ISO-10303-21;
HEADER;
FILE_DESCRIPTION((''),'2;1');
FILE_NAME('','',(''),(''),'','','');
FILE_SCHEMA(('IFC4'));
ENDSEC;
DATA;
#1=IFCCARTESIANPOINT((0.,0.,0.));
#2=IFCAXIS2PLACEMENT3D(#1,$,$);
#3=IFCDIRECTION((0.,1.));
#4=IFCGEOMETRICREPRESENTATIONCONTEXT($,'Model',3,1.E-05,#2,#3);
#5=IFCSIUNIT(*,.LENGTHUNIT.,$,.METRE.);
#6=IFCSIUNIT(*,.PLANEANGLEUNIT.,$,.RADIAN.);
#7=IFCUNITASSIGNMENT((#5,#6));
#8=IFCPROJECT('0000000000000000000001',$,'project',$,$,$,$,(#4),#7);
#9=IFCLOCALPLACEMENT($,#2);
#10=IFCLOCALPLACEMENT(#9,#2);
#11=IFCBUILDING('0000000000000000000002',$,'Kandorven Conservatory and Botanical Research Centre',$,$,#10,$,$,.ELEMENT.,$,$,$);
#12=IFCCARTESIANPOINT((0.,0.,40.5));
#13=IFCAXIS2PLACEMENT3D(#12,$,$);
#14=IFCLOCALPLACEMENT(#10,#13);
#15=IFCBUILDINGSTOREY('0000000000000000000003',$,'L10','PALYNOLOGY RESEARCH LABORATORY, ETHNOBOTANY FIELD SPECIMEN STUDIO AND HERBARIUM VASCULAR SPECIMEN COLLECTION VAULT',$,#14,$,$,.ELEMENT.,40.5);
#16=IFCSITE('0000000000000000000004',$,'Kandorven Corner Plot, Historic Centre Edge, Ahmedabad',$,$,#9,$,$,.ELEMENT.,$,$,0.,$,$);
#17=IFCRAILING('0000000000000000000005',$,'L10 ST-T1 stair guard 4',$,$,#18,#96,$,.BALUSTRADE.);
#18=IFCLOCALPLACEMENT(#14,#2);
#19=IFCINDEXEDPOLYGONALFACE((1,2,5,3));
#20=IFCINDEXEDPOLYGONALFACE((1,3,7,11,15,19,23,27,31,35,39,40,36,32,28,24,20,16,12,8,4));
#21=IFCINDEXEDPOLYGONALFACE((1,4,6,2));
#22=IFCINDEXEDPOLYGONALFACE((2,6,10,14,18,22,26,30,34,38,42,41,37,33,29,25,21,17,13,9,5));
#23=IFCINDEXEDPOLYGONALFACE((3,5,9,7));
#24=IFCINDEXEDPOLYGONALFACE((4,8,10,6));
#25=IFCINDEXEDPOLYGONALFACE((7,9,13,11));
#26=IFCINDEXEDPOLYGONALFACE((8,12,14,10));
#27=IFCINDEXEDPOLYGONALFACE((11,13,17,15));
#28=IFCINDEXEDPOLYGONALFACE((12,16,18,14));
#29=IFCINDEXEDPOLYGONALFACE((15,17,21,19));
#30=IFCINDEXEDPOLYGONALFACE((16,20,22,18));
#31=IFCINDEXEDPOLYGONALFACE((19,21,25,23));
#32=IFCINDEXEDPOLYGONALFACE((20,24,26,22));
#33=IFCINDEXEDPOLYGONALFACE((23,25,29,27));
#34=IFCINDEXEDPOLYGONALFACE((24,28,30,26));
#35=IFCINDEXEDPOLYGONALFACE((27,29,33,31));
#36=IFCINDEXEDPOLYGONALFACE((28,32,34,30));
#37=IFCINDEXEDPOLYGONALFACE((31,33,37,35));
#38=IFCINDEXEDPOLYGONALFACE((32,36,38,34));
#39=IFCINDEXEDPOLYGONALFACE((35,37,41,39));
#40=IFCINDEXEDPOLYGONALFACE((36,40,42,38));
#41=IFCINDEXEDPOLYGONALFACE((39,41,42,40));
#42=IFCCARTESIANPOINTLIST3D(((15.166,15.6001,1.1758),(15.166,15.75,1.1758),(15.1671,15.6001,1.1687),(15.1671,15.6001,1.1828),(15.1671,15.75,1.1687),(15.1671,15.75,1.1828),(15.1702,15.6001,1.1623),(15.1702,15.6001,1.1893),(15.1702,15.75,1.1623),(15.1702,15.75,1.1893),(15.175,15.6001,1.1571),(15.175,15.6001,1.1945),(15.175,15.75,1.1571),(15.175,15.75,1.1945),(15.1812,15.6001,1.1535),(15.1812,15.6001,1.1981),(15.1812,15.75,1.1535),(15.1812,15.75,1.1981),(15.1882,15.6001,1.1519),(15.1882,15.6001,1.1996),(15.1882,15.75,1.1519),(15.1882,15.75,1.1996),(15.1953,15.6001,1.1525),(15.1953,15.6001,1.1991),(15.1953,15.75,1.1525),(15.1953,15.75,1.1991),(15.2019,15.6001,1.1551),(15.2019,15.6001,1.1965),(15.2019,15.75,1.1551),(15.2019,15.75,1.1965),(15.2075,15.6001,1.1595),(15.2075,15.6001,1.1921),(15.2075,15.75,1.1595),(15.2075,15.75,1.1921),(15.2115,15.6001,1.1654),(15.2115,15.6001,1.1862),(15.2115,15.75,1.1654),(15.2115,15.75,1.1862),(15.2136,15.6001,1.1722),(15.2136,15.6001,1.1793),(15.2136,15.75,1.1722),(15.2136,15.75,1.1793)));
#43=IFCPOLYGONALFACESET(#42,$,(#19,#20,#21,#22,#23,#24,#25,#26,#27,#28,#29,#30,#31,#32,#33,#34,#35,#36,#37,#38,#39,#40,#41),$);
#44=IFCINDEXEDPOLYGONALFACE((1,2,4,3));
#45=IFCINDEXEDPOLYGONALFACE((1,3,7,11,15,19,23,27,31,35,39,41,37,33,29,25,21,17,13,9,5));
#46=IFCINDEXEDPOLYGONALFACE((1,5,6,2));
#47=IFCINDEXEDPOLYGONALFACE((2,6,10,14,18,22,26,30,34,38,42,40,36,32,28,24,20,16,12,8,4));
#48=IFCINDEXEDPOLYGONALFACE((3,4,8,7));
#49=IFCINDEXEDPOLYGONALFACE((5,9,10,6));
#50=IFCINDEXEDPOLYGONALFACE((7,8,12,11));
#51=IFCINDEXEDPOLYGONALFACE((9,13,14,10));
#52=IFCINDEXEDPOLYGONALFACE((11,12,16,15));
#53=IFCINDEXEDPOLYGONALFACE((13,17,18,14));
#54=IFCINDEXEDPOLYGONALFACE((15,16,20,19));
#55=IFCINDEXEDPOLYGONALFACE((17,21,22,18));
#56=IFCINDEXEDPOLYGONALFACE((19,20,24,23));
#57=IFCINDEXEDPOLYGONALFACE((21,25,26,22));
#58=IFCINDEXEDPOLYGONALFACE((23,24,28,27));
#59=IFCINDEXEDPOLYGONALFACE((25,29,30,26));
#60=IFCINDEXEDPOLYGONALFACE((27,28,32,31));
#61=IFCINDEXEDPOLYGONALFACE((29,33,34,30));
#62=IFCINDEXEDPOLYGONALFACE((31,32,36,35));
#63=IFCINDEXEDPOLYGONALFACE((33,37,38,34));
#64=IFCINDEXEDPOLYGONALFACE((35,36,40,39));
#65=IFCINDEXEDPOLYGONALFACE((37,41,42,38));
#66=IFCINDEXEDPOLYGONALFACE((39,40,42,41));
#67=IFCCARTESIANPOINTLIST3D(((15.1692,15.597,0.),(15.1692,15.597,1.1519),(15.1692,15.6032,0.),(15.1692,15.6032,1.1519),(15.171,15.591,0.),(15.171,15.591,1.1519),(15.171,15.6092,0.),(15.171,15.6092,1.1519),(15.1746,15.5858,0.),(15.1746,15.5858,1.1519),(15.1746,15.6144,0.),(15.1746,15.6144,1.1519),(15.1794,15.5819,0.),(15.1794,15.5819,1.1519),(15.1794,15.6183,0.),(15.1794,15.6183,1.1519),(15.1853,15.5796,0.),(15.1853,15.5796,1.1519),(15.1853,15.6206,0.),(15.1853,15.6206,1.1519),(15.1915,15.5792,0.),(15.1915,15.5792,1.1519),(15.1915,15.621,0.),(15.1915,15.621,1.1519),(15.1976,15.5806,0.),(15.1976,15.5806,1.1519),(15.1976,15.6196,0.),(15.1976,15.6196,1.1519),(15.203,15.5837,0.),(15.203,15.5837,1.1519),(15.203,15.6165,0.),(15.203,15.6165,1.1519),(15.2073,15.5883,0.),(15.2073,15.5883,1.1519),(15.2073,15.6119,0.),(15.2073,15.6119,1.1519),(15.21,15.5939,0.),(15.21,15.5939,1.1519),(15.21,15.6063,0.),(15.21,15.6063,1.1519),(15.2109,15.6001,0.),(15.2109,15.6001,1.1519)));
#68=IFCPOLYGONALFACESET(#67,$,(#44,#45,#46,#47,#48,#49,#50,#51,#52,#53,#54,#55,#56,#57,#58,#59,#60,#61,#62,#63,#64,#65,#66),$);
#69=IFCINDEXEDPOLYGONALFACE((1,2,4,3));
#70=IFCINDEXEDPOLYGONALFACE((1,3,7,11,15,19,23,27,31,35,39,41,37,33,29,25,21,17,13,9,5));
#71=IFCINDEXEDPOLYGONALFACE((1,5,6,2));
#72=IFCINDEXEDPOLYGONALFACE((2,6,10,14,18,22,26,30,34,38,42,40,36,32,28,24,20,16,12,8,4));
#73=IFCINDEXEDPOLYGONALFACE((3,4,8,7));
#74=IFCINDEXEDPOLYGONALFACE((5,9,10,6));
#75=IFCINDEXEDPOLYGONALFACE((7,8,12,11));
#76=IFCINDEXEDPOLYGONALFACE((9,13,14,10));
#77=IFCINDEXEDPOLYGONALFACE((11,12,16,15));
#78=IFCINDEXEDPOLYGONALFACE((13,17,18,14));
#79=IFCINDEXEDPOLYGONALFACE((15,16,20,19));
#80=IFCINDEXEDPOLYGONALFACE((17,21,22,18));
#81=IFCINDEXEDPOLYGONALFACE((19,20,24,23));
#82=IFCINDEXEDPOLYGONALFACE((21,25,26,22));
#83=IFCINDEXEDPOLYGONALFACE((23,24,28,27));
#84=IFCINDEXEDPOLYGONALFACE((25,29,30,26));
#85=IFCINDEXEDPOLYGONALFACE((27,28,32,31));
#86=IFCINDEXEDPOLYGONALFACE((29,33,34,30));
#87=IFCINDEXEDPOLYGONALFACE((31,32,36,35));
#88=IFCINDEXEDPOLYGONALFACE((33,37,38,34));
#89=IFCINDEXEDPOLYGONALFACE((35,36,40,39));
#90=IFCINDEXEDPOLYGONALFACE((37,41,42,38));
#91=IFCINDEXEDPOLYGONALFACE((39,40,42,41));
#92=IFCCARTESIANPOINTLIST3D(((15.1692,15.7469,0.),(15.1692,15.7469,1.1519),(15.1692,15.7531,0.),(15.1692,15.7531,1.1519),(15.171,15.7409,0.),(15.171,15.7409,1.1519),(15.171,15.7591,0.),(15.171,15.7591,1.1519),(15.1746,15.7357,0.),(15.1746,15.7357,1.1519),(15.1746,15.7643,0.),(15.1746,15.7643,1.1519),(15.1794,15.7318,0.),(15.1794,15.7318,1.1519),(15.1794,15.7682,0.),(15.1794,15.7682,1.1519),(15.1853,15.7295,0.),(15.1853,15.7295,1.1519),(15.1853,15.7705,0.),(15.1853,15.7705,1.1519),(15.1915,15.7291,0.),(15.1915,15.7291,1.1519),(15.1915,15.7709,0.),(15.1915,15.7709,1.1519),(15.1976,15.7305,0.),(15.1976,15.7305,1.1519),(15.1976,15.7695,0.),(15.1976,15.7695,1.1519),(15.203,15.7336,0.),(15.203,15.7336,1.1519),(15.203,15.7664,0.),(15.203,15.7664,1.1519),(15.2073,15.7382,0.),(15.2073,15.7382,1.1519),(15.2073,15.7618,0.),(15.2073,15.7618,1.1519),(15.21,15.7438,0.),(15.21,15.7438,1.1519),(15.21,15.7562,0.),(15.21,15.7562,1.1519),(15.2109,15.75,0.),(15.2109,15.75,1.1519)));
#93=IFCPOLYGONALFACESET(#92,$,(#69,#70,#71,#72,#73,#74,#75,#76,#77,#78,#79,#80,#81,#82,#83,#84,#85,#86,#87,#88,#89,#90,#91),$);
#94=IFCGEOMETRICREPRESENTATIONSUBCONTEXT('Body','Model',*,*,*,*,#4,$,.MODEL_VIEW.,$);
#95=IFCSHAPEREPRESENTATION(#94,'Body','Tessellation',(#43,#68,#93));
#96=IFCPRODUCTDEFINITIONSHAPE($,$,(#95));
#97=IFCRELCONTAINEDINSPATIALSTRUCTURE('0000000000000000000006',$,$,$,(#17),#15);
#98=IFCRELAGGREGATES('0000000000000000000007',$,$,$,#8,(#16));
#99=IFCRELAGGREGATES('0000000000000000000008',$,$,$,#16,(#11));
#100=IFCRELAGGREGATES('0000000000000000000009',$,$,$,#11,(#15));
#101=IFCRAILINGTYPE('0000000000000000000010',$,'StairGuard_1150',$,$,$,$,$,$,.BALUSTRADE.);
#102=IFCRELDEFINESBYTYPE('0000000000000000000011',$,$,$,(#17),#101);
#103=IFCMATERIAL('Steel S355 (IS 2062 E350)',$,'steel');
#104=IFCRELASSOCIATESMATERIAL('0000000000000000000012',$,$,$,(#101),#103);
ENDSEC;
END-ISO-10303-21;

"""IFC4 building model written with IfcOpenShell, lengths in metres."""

from ifc_helpers import new_model, si_unit, direction, frame, origin, origin_2d, place, context, subcontext, project, spatial, circle, extrude, material, type_object, element, save


model = new_model("IFC4")

# Units and contexts
model_context = context("Model", 3, precision=1e-05, world=origin(), true_north=direction((0.0, 1.0)))
body_context = subcontext(model_context, "Body", "Model", "MODEL_VIEW")
ifc_project = project(units=[si_unit("LENGTHUNIT", "METRE"), si_unit("PLANEANGLEUNIT", "RADIAN")], contexts=[model_context])

# Site, building, storey
site_placement = place(None, origin())
site = spatial("IfcSite", under=ifc_project, at=site_placement, Name="Kandorven Corner Plot, Historic Centre Edge, Ahmedabad", CompositionType="ELEMENT", RefElevation=0.0)
building_placement = place(site_placement, origin())
building = spatial("IfcBuilding", under=site, at=building_placement, Name="Kandorven Conservatory and Botanical Research Centre", CompositionType="ELEMENT")
storey_placement = place(building_placement, frame((0.0, 0.0, 40.5)))
storey = spatial("IfcBuildingStorey", under=building, at=storey_placement, Name="L10", Description="PALYNOLOGY RESEARCH LABORATORY, ETHNOBOTANY FIELD SPECIMEN STUDIO AND HERBARIUM VASCULAR SPECIMEN COLLECTION VAULT", CompositionType="ELEMENT", Elevation=40.5)

# Railing
ifc_material_1 = material(Name="Steel S355 (IS 2062 E350)", Category="steel")
railing_type_1 = type_object("IfcRailingType", Name="StairGuard_1150", PredefinedType="BALUSTRADE", material=ifc_material_1)
railing_1_placement = place(storey_placement, frame((15.1899, 15.6001, 0.0)))
element("IfcRailing", 1, at=railing_1_placement, inside=storey, type_object=railing_type_1, Name="L10 ST-T1 stair guard 4", PredefinedType="BALUSTRADE", context=body_context, shape_type="SweptSolid", body=[
    extrude(circle(Radius=0.0239, at=origin_2d()), frame((0.0, 0.0, 1.1758), z_axis=(0.0, 1.0, 0.0), x_axis=(-1.0, 0.0, 0.0)), (0.0, 0.0, 1.0), 0.1499),
    extrude(circle(Radius=0.021, at=origin_2d()), origin(), (0.0, 0.0, 1.0), 1.1519),
    extrude(circle(Radius=0.021, at=origin_2d()), frame((0.0, 0.1499, 0.0)), (0.0, 0.0, 1.0), 1.1519),
])

save(model, "model.ifc")
